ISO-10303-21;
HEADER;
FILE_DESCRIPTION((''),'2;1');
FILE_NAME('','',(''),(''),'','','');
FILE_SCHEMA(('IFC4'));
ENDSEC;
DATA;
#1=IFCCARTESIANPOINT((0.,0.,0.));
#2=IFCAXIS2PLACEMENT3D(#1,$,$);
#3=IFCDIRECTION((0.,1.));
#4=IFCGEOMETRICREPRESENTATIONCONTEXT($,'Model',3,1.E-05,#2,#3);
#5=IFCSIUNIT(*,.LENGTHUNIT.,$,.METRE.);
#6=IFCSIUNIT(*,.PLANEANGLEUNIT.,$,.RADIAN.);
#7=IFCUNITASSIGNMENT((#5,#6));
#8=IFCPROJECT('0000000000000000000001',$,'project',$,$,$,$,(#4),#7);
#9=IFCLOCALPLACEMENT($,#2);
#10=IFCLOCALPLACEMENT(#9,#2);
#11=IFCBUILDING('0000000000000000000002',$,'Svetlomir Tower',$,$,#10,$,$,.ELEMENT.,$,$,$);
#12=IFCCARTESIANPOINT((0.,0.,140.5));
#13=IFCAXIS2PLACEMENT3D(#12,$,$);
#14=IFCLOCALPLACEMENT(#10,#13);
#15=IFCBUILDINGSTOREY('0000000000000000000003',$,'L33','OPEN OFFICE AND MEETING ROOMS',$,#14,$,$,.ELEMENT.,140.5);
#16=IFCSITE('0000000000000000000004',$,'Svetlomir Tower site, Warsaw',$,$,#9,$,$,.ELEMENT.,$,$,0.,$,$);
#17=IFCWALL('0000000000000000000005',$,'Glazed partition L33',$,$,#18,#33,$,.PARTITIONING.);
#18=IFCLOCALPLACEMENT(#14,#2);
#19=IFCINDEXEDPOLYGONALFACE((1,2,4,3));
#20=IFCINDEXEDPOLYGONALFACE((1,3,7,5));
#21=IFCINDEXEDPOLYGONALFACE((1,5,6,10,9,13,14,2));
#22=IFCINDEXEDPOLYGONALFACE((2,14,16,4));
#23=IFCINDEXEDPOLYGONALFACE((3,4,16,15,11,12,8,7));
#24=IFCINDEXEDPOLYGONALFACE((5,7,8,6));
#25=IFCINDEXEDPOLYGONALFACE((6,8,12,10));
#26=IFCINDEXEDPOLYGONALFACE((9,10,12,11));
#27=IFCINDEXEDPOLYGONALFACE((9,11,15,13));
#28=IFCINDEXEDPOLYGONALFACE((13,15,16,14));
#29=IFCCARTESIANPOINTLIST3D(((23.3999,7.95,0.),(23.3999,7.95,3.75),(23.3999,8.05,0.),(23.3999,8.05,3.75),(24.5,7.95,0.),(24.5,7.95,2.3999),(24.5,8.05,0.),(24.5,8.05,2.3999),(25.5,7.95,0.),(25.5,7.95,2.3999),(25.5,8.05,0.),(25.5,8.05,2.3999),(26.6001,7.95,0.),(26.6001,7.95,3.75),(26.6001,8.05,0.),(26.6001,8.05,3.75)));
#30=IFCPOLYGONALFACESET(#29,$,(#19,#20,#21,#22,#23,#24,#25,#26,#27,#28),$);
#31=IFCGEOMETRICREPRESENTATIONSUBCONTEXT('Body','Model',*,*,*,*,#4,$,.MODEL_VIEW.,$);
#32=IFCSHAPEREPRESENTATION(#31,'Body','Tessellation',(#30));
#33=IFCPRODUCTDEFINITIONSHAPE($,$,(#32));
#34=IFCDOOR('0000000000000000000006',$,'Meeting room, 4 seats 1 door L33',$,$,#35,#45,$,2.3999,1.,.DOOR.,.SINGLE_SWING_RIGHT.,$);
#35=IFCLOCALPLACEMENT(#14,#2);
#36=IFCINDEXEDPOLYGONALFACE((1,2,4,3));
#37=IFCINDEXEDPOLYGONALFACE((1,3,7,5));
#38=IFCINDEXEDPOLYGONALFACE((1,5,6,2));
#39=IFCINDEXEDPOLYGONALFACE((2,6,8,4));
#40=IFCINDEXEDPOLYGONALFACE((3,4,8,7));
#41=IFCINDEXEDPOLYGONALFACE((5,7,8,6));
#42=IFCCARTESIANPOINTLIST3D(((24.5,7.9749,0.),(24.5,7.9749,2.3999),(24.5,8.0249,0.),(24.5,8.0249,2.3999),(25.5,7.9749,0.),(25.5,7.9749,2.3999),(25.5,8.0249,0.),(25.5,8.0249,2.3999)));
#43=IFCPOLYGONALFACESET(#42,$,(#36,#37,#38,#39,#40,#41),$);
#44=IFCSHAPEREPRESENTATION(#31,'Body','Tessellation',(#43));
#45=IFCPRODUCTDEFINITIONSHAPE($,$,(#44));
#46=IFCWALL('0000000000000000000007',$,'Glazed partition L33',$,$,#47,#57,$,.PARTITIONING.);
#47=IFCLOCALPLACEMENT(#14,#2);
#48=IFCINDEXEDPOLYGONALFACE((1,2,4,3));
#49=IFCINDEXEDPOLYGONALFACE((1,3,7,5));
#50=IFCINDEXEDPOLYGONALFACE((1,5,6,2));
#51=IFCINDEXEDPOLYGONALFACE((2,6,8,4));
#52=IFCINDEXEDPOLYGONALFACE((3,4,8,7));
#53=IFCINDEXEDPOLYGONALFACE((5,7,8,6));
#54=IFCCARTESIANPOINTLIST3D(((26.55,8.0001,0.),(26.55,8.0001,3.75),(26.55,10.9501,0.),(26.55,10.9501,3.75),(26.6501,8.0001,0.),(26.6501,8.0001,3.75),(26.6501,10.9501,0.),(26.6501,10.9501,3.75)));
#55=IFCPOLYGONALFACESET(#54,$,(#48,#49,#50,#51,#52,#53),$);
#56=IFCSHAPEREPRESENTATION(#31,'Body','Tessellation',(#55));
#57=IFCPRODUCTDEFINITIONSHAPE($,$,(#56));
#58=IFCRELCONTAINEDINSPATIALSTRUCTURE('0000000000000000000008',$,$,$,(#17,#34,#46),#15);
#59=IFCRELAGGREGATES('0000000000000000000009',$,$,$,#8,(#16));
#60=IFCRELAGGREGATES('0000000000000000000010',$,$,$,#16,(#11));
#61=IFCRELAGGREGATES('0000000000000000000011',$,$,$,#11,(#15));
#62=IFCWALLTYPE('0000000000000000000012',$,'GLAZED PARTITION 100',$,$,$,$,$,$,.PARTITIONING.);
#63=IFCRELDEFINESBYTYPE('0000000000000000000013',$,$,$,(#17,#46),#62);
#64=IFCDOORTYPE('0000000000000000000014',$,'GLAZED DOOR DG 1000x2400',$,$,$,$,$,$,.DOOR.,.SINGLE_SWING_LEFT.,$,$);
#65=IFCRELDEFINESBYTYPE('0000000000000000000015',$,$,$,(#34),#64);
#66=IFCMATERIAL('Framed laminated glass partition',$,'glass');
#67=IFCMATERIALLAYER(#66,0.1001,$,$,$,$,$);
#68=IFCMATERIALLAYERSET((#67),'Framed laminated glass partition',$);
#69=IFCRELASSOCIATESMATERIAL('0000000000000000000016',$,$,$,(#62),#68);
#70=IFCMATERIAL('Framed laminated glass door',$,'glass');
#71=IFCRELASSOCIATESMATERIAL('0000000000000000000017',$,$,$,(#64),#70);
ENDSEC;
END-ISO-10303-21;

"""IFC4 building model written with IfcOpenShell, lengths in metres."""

from ifc_helpers import new_model, si_unit, direction, frame, frame_2d, origin, place, context, subcontext, project, spatial, rectangle, extrude, material, layer, layer_set, type_object, element, fill, save


model = new_model("IFC4")

# Units and contexts
model_context = context("Model", 3, precision=1e-05, world=origin(), true_north=direction((0.0, 1.0)))
body_context = subcontext(model_context, "Body", "Model", "MODEL_VIEW")
ifc_project = project(units=[si_unit("LENGTHUNIT", "METRE"), si_unit("PLANEANGLEUNIT", "RADIAN")], contexts=[model_context])

# Site, building, storey
site_placement = place(None, origin())
site = spatial("IfcSite", under=ifc_project, at=site_placement, Name="Svetlomir Tower site, Warsaw", CompositionType="ELEMENT", RefElevation=0.0)
building_placement = place(site_placement, origin())
building = spatial("IfcBuilding", under=site, at=building_placement, Name="Svetlomir Tower", CompositionType="ELEMENT")
storey_placement = place(building_placement, frame((0.0, 0.0, 140.5)))
storey = spatial("IfcBuildingStorey", under=building, at=storey_placement, Name="L33", Description="OPEN OFFICE AND MEETING ROOMS", CompositionType="ELEMENT", Elevation=140.5)

# Shared definitions
ifc_material_1 = material(Name="Framed laminated glass partition", Category="glass")
ifc_layer_1 = layer(ifc_material_1, 0.1001)
ifc_layer_set_1 = layer_set([ifc_layer_1], Name="Framed laminated glass partition")
wall_type_1 = type_object("IfcWallType", Name="GLAZED PARTITION 100", PredefinedType="PARTITIONING", material=ifc_layer_set_1)

# Wall, opening, door
wall_1_placement = place(storey_placement, frame((23.3999, 8.0, 0.0), z_axis=(0.0, 0.0, 1.0), x_axis=(1.0, 0.0, 0.0)))
wall_1 = element("IfcWall", 1, at=wall_1_placement, inside=storey, type_object=wall_type_1, Name="Glazed partition L33", PredefinedType="PARTITIONING", context=body_context, shape_type="SweptSolid", body=[
    extrude(rectangle(XDim=3.2002, YDim=0.1001, at=frame_2d((1.6001, 0.0))), origin(), (0.0, 0.0, 1.0), 3.75),
])
opening_1_placement = place(wall_1_placement, frame((1.1001, 0.0, 0.0)))
opening_1 = element("IfcOpeningElement", 2, at=opening_1_placement, cuts=wall_1, PredefinedType="OPENING", context=body_context, shape_type="SweptSolid", body=[
    extrude(rectangle(XDim=1.0, YDim=2.3999, at=frame_2d((0.5, 1.2))), frame((0.0, 0.0601, 0.0), z_axis=(0.0, -1.0, 0.0), x_axis=(1.0, 0.0, 0.0)), (0.0, 0.0, 1.0), 0.1201),
])
ifc_material_2 = material(Name="Framed laminated glass door", Category="glass")
door_type_1 = type_object("IfcDoorType", Name="GLAZED DOOR DG 1000x2400", OperationType="SINGLE_SWING_LEFT", PredefinedType="DOOR", material=ifc_material_2)
door_1_placement = place(opening_1_placement, origin())
door_1 = element("IfcDoor", 3, at=door_1_placement, inside=storey, type_object=door_type_1, Name="Meeting room, 4 seats 1 door L33", OperationType="SINGLE_SWING_RIGHT", OverallHeight=2.3999, OverallWidth=1.0, PredefinedType="DOOR", context=body_context, shape_type="SweptSolid", body=[
    extrude(rectangle(XDim=1.0, YDim=2.3999, at=frame_2d((0.5, 1.2))), frame((0.0, 0.0249, 0.0), z_axis=(0.0, -1.0, 0.0), x_axis=(1.0, 0.0, 0.0)), (0.0, 0.0, 1.0), 0.05),
])
fill(opening_1, door_1)

# Wall
wall_2_placement = place(storey_placement, frame((26.6001, 8.0, 0.0), z_axis=(0.0, 0.0, 1.0), x_axis=(0.0, 1.0, 0.0)))
element("IfcWall", 4, at=wall_2_placement, inside=storey, type_object=wall_type_1, Name="Glazed partition L33", PredefinedType="PARTITIONING", context=body_context, shape_type="SweptSolid", body=[
    extrude(rectangle(XDim=2.95, YDim=0.1001, at=frame_2d((1.4751, 0.0))), origin(), (0.0, 0.0, 1.0), 3.75),
])

save(model, "model.ifc")
